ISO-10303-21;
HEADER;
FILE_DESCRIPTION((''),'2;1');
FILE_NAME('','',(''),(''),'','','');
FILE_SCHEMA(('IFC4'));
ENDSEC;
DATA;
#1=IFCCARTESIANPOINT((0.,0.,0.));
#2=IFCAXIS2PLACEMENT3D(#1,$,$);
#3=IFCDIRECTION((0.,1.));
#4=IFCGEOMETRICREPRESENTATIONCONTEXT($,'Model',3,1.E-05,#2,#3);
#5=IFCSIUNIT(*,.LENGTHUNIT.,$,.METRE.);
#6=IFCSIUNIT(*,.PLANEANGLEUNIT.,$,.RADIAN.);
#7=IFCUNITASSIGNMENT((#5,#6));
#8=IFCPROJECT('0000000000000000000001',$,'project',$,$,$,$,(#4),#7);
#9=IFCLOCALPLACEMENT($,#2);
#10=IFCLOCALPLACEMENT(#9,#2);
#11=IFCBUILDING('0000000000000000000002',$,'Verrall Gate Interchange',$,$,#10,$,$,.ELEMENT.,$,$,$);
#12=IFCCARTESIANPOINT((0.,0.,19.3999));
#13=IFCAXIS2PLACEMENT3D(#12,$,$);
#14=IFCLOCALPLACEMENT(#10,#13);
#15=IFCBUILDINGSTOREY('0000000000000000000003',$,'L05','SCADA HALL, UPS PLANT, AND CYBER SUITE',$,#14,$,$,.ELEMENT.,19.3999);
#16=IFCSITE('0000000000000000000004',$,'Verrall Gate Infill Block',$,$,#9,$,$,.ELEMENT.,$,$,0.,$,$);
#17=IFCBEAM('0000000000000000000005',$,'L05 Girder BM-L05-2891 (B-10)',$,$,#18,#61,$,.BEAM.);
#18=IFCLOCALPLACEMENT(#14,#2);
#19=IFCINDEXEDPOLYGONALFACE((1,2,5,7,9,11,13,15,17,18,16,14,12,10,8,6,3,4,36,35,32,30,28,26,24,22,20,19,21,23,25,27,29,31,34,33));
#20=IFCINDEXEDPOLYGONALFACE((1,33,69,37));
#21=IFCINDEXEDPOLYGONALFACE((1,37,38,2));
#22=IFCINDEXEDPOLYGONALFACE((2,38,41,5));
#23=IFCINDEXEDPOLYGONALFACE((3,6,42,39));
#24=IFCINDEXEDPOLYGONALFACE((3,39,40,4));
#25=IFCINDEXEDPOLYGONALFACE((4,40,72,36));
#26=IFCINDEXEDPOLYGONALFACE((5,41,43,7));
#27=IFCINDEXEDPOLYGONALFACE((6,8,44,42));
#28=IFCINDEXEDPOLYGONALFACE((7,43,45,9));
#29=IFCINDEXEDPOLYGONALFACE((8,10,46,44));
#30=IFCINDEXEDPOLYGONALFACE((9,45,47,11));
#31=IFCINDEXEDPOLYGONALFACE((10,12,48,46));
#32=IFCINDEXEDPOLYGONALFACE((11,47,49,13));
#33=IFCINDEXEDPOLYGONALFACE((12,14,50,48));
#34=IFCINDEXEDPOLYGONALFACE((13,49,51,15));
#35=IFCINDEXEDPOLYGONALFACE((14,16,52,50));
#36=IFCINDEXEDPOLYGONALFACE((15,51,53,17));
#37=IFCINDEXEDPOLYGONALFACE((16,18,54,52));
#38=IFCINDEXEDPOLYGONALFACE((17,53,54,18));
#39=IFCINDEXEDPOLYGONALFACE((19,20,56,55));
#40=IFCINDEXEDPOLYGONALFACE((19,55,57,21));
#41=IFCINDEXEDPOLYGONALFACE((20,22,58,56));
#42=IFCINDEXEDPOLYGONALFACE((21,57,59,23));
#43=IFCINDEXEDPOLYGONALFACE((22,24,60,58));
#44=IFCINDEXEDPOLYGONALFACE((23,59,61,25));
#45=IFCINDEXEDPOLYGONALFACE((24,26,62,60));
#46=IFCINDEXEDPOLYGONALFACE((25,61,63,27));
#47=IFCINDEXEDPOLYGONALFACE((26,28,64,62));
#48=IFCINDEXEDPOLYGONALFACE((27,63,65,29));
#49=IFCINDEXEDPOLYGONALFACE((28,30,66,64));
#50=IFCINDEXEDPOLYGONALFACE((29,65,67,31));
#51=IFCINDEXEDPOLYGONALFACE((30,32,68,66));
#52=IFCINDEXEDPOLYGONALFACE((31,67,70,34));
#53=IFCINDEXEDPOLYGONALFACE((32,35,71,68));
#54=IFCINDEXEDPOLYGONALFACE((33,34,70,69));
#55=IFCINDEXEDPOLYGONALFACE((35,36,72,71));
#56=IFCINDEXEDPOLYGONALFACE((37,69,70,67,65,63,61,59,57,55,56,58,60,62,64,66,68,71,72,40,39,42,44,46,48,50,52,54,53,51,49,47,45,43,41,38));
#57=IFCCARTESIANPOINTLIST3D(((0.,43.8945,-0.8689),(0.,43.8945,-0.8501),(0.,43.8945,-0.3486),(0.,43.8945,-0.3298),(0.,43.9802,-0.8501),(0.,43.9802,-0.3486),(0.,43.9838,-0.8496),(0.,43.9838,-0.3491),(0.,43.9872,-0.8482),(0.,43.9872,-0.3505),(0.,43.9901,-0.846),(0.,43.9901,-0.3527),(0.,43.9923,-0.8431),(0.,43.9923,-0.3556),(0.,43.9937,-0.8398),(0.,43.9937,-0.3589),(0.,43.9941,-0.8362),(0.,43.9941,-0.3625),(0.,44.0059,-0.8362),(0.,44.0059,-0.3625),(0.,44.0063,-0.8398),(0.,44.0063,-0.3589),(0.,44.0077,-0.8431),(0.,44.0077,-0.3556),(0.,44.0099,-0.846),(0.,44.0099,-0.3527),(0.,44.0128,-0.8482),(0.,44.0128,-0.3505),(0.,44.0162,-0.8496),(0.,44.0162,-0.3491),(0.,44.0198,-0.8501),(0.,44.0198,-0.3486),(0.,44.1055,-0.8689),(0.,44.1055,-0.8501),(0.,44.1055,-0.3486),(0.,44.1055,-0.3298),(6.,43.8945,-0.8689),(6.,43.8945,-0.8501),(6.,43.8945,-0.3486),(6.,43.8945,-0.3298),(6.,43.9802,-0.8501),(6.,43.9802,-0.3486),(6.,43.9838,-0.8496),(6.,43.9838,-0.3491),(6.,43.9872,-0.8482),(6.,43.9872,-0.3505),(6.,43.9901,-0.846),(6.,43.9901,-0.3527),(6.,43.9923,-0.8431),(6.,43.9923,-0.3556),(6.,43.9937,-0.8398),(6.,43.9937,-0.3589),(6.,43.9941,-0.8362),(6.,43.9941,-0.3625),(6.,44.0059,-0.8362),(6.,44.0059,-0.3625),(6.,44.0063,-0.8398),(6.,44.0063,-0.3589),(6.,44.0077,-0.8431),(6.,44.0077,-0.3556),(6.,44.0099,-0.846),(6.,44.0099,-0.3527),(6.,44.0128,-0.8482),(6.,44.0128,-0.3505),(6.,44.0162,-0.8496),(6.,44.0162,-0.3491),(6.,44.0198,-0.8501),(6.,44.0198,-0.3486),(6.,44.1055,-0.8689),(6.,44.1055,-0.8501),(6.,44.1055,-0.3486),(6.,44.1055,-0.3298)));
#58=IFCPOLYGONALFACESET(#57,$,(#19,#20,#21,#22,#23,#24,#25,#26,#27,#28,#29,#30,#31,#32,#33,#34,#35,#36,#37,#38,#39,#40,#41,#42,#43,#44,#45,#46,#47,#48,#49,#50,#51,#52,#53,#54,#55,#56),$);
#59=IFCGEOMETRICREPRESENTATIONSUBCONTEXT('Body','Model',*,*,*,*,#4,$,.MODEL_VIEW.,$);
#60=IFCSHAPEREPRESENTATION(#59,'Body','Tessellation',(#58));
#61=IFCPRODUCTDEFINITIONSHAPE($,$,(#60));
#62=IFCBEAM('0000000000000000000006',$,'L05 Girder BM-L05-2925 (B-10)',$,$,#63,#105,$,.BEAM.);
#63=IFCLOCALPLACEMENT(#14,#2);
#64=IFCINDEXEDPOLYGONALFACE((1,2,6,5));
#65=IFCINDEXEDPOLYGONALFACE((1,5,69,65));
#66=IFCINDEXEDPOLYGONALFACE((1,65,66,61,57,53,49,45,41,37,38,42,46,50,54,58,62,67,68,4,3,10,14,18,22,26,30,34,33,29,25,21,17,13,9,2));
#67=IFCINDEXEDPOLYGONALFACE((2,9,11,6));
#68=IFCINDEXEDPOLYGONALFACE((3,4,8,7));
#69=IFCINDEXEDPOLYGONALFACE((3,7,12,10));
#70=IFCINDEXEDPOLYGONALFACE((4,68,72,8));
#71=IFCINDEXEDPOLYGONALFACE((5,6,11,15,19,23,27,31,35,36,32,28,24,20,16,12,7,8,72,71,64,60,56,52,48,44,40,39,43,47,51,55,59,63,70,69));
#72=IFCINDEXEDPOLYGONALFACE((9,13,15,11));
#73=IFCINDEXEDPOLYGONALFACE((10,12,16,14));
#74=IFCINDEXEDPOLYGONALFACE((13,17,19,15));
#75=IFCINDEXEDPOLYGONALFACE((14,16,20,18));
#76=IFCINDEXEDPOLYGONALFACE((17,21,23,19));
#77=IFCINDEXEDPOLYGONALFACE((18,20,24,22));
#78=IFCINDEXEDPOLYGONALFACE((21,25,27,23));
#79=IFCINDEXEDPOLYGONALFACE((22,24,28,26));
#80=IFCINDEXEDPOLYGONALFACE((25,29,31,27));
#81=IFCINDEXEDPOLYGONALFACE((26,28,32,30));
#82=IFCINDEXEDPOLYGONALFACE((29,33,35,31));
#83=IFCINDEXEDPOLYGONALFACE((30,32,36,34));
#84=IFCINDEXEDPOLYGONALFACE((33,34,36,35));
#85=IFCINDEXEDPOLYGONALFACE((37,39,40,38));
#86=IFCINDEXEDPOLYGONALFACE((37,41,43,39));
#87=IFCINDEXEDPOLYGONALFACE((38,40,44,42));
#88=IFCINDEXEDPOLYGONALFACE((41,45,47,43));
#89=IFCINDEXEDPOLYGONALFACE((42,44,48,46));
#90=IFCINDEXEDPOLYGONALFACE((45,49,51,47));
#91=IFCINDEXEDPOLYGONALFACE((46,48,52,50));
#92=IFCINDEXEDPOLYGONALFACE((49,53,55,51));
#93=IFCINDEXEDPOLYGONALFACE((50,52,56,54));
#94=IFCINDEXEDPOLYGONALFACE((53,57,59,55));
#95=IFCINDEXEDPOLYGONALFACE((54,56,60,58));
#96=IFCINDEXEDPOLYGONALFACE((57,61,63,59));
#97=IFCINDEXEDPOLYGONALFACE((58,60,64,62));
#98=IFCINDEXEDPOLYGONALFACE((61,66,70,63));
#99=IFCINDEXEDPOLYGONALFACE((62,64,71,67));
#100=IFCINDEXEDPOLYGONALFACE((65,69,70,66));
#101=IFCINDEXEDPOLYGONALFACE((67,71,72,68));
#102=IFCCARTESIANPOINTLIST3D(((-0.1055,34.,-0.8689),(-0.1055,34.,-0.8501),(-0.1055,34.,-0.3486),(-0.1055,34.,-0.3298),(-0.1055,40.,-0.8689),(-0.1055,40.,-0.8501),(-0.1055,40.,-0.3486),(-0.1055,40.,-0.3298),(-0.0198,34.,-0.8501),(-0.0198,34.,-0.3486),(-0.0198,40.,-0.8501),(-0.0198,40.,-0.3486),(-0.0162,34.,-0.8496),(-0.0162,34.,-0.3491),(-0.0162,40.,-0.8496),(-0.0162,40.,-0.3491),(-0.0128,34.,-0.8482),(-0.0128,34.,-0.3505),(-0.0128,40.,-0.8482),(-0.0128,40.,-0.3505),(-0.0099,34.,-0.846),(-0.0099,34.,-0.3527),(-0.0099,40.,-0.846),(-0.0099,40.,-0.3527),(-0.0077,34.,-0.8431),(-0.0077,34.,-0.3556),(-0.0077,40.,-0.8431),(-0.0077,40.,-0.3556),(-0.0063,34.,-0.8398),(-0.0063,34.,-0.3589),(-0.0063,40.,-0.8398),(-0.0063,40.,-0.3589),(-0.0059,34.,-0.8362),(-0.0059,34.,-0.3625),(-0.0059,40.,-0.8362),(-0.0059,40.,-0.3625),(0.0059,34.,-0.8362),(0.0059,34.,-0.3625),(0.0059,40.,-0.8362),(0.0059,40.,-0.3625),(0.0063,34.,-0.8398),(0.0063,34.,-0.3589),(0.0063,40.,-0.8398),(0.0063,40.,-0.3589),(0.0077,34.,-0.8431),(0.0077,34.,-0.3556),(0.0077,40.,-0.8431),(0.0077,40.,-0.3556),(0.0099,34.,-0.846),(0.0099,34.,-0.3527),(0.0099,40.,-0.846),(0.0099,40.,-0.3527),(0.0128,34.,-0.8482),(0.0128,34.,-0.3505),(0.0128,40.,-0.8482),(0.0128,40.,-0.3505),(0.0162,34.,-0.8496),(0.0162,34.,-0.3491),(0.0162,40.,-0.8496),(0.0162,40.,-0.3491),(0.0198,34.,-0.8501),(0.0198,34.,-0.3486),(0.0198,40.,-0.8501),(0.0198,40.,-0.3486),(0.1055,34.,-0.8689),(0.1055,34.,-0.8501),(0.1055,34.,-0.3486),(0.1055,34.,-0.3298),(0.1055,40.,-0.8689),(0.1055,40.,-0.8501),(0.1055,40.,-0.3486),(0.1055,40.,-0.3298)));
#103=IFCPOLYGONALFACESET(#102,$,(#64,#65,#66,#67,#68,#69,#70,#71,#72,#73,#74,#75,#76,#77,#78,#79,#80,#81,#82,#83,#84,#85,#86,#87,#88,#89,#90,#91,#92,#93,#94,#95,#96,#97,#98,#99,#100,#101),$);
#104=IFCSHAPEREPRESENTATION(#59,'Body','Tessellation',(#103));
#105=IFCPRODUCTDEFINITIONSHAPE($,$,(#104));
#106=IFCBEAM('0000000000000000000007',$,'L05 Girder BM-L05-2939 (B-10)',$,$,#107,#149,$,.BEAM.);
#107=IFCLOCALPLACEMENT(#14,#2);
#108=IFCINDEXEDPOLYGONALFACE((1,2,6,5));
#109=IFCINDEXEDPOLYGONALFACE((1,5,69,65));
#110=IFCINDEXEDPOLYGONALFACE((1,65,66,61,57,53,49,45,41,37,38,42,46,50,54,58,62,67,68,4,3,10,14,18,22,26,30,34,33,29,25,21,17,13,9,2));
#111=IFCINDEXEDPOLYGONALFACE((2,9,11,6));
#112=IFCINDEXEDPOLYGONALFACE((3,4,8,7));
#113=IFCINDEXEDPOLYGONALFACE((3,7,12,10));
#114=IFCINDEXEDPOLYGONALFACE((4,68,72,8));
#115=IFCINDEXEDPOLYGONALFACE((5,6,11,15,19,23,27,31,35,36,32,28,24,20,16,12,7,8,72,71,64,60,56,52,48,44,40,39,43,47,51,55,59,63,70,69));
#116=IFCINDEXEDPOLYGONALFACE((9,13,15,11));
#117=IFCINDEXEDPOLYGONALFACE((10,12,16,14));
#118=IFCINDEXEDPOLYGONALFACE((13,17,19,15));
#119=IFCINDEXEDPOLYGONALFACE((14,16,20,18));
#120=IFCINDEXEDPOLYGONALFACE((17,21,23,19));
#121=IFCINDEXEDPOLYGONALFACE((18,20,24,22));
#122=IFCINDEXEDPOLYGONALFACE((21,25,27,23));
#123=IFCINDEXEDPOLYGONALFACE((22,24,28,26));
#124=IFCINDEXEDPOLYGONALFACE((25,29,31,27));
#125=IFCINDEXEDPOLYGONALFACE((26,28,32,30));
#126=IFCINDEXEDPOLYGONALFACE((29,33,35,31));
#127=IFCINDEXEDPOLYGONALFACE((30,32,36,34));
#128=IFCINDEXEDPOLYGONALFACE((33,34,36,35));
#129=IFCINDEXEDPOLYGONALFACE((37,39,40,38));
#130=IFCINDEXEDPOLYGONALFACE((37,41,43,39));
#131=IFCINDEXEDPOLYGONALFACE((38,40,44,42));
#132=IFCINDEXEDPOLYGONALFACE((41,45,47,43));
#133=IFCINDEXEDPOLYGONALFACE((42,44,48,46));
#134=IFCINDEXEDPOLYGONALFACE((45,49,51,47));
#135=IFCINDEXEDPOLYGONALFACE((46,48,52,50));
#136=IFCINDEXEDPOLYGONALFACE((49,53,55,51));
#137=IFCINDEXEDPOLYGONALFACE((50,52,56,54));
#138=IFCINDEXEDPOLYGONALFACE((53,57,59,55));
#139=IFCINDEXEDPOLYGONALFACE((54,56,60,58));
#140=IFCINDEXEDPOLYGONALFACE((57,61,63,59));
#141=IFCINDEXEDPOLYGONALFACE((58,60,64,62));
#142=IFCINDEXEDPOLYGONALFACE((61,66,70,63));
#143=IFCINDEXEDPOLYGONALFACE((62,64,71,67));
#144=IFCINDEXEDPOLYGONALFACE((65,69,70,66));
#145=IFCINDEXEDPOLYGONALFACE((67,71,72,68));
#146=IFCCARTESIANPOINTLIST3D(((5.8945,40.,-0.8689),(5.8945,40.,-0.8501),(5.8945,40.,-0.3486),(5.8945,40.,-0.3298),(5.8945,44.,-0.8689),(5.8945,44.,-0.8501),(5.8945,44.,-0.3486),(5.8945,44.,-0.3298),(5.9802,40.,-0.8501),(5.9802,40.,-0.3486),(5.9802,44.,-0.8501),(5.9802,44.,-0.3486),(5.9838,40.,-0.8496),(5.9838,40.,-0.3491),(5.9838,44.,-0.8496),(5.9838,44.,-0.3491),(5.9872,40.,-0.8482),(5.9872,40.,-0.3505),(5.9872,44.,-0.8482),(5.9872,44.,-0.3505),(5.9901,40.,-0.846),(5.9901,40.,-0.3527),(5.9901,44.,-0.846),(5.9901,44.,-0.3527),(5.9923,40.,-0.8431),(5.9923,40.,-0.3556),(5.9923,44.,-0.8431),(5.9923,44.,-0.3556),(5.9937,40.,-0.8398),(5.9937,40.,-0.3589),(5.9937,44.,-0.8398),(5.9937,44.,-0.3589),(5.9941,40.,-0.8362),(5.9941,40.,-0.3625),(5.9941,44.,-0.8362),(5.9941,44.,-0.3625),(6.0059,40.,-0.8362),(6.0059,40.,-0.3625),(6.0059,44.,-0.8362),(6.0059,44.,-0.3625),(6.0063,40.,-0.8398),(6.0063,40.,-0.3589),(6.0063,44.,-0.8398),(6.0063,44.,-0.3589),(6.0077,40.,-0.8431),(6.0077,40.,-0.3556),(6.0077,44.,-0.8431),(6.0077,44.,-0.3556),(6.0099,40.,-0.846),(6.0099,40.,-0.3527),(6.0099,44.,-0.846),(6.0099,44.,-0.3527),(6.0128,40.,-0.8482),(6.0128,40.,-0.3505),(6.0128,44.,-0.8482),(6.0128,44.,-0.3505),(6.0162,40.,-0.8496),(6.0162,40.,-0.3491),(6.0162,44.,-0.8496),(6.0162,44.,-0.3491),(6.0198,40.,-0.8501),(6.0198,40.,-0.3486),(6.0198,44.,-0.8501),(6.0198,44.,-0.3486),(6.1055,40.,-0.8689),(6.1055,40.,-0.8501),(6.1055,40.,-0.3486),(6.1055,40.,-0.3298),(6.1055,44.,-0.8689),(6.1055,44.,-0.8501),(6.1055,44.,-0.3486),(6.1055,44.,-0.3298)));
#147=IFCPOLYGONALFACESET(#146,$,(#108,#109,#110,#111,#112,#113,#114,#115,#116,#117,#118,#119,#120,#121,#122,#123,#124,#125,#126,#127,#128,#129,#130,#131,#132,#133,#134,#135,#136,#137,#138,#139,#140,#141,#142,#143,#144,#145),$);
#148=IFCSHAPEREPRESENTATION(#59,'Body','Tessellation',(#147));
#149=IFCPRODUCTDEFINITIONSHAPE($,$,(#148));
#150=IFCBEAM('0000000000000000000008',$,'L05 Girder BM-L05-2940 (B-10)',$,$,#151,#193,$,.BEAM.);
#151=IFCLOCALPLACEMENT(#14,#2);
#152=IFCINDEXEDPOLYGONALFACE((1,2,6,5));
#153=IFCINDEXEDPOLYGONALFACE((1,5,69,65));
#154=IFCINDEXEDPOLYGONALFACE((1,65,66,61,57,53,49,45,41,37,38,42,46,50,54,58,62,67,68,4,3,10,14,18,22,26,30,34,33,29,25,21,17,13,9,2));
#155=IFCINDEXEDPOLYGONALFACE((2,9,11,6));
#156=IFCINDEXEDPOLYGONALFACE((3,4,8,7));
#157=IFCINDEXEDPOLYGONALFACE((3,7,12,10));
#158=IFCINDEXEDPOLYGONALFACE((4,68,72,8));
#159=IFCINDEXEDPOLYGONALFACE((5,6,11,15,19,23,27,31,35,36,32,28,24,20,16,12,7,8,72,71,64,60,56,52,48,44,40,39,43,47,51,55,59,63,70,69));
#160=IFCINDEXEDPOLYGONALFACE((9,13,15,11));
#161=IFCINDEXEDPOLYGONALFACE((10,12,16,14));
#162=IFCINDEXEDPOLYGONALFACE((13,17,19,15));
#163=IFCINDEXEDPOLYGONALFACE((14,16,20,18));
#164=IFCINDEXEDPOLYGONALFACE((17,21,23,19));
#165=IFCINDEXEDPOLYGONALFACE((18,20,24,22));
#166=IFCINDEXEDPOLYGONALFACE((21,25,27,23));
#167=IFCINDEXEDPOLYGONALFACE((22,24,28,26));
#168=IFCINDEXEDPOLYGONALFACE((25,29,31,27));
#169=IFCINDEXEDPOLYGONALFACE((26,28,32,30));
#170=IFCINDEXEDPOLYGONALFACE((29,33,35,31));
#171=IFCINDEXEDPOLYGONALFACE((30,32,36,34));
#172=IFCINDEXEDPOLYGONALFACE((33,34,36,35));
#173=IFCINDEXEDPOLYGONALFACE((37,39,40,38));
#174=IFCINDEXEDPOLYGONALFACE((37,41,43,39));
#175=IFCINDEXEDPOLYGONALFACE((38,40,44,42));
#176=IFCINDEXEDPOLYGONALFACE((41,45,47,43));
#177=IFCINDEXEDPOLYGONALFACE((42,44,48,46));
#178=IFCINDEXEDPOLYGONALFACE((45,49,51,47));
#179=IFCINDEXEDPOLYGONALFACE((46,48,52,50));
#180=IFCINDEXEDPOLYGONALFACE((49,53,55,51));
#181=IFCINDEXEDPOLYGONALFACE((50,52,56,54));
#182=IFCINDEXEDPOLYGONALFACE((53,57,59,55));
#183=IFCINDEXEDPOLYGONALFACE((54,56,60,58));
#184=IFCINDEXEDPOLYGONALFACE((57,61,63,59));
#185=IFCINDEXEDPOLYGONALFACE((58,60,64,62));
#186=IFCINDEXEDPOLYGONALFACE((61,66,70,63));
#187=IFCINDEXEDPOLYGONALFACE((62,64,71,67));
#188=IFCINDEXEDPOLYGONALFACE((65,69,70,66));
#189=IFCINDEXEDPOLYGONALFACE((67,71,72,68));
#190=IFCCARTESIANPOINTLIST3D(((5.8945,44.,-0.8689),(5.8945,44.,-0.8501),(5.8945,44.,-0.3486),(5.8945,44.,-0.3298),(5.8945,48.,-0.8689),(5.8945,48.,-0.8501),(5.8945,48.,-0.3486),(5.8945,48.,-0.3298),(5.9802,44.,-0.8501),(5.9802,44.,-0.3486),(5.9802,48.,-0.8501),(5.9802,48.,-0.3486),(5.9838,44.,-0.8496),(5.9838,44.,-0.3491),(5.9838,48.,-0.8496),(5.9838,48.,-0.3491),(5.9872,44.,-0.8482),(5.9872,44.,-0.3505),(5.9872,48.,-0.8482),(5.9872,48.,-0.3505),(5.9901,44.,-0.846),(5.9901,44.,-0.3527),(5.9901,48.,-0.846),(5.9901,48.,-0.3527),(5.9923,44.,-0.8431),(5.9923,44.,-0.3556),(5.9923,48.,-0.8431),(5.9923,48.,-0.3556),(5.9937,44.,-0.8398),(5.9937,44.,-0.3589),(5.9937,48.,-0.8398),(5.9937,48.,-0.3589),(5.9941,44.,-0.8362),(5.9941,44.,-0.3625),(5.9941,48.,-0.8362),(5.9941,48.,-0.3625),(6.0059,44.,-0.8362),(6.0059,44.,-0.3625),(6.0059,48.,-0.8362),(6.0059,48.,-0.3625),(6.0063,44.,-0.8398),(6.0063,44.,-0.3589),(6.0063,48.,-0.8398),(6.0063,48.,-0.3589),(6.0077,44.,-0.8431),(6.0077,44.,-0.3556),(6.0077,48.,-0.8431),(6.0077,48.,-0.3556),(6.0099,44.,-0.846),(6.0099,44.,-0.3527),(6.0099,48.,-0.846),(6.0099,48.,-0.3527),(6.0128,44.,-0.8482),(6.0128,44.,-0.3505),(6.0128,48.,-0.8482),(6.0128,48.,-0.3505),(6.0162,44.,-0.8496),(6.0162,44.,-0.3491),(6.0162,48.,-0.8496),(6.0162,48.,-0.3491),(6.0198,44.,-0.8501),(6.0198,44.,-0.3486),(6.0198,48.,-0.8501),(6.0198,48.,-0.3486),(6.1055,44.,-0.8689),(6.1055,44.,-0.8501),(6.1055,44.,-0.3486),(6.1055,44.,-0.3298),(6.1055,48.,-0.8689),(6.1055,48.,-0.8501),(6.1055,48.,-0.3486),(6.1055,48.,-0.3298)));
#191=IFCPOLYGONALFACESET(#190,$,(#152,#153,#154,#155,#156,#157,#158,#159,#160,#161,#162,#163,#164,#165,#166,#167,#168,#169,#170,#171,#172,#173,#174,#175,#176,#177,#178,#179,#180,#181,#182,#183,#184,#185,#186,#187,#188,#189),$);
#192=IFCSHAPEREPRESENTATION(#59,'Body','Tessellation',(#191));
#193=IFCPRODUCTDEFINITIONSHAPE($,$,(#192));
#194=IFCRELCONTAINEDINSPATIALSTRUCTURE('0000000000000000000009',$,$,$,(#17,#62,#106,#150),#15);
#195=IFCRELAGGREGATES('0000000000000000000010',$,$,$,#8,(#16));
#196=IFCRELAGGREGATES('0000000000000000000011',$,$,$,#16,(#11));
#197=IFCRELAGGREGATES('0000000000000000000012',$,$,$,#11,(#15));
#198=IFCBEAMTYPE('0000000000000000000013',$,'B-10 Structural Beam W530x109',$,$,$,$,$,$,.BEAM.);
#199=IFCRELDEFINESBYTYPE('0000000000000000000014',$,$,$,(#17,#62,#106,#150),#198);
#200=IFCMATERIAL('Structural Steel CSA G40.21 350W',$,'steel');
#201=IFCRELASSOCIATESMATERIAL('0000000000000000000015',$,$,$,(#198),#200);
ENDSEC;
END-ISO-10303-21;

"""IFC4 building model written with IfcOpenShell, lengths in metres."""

from ifc_helpers import new_model, si_unit, direction, frame, origin, origin_2d, place, context, subcontext, project, spatial, i_section, extrude, material, material_profile, profile_set, type_object, element, save


model = new_model("IFC4")

# Units and contexts
model_context = context("Model", 3, precision=1e-05, world=origin(), true_north=direction((0.0, 1.0)))
body_context = subcontext(model_context, "Body", "Model", "MODEL_VIEW")
ifc_project = project(units=[si_unit("LENGTHUNIT", "METRE"), si_unit("PLANEANGLEUNIT", "RADIAN")], contexts=[model_context])

# Site, building, storey
site_placement = place(None, origin())
site = spatial("IfcSite", under=ifc_project, at=site_placement, Name="Verrall Gate Infill Block", CompositionType="ELEMENT", RefElevation=0.0)
building_placement = place(site_placement, origin())
building = spatial("IfcBuilding", under=site, at=building_placement, Name="Verrall Gate Interchange", CompositionType="ELEMENT")
storey_placement = place(building_placement, frame((0.0, 0.0, 19.3999)))
storey = spatial("IfcBuildingStorey", under=building, at=storey_placement, Name="L05", Description="SCADA HALL, UPS PLANT, AND CYBER SUITE", CompositionType="ELEMENT", Elevation=19.3999)

# Beams
ifc_material_1 = material(Name="Structural Steel CSA G40.21 350W", Category="steel")
ifc_material_profile_1 = material_profile(ifc_material_1, i_section(OverallWidth=0.2109, OverallDepth=0.5391, WebThickness=0.0117, FlangeThickness=0.0188, FilletRadius=0.0139, at=origin_2d()), Name="W530x109")
ifc_profile_set_1 = profile_set([ifc_material_profile_1], Name="Structural Steel CSA G40.21 350W")
beam_type_1 = type_object("IfcBeamType", Name="B-10 Structural Beam W530x109", PredefinedType="BEAM", material=ifc_profile_set_1)
for number, where, z_axis, x_axis, name in (
    (1, (0.0, 44.0, -0.5994), (1.0, 0.0, 0.0), (0.0, 1.0, 0.0), "L05 Girder BM-L05-2891 (B-10)"),
    (2, (0.0, 34.0, -0.5994), (0.0, 1.0, 0.0), (-1.0, 0.0, 0.0), "L05 Girder BM-L05-2925 (B-10)"),
):
    element("IfcBeam", number, at=place(storey_placement, frame(where, z_axis=z_axis, x_axis=x_axis)), inside=storey, type_object=beam_type_1, Name=name, PredefinedType="BEAM", context=body_context, shape_type="SweptSolid", body=[
        extrude(i_section(OverallWidth=0.2109, OverallDepth=0.5391, WebThickness=0.0117, FlangeThickness=0.0188, FilletRadius=0.0139, at=origin_2d()), origin(), (0.0, 0.0, 1.0), 6.0),
    ])
for number, where, z_axis, x_axis, name in (
    (3, (6.0, 40.0, -0.5994), (0.0, 1.0, 0.0), (-1.0, 0.0, 0.0), "L05 Girder BM-L05-2939 (B-10)"),
    (4, (6.0, 44.0, -0.5994), (0.0, 1.0, 0.0), (-1.0, 0.0, 0.0), "L05 Girder BM-L05-2940 (B-10)"),
):
    element("IfcBeam", number, at=place(storey_placement, frame(where, z_axis=z_axis, x_axis=x_axis)), inside=storey, type_object=beam_type_1, Name=name, PredefinedType="BEAM", context=body_context, shape_type="SweptSolid", body=[
        extrude(i_section(OverallWidth=0.2109, OverallDepth=0.5391, WebThickness=0.0117, FlangeThickness=0.0188, FilletRadius=0.0139, at=origin_2d()), origin(), (0.0, 0.0, 1.0), 4.0),
    ])

save(model, "model.ifc")
